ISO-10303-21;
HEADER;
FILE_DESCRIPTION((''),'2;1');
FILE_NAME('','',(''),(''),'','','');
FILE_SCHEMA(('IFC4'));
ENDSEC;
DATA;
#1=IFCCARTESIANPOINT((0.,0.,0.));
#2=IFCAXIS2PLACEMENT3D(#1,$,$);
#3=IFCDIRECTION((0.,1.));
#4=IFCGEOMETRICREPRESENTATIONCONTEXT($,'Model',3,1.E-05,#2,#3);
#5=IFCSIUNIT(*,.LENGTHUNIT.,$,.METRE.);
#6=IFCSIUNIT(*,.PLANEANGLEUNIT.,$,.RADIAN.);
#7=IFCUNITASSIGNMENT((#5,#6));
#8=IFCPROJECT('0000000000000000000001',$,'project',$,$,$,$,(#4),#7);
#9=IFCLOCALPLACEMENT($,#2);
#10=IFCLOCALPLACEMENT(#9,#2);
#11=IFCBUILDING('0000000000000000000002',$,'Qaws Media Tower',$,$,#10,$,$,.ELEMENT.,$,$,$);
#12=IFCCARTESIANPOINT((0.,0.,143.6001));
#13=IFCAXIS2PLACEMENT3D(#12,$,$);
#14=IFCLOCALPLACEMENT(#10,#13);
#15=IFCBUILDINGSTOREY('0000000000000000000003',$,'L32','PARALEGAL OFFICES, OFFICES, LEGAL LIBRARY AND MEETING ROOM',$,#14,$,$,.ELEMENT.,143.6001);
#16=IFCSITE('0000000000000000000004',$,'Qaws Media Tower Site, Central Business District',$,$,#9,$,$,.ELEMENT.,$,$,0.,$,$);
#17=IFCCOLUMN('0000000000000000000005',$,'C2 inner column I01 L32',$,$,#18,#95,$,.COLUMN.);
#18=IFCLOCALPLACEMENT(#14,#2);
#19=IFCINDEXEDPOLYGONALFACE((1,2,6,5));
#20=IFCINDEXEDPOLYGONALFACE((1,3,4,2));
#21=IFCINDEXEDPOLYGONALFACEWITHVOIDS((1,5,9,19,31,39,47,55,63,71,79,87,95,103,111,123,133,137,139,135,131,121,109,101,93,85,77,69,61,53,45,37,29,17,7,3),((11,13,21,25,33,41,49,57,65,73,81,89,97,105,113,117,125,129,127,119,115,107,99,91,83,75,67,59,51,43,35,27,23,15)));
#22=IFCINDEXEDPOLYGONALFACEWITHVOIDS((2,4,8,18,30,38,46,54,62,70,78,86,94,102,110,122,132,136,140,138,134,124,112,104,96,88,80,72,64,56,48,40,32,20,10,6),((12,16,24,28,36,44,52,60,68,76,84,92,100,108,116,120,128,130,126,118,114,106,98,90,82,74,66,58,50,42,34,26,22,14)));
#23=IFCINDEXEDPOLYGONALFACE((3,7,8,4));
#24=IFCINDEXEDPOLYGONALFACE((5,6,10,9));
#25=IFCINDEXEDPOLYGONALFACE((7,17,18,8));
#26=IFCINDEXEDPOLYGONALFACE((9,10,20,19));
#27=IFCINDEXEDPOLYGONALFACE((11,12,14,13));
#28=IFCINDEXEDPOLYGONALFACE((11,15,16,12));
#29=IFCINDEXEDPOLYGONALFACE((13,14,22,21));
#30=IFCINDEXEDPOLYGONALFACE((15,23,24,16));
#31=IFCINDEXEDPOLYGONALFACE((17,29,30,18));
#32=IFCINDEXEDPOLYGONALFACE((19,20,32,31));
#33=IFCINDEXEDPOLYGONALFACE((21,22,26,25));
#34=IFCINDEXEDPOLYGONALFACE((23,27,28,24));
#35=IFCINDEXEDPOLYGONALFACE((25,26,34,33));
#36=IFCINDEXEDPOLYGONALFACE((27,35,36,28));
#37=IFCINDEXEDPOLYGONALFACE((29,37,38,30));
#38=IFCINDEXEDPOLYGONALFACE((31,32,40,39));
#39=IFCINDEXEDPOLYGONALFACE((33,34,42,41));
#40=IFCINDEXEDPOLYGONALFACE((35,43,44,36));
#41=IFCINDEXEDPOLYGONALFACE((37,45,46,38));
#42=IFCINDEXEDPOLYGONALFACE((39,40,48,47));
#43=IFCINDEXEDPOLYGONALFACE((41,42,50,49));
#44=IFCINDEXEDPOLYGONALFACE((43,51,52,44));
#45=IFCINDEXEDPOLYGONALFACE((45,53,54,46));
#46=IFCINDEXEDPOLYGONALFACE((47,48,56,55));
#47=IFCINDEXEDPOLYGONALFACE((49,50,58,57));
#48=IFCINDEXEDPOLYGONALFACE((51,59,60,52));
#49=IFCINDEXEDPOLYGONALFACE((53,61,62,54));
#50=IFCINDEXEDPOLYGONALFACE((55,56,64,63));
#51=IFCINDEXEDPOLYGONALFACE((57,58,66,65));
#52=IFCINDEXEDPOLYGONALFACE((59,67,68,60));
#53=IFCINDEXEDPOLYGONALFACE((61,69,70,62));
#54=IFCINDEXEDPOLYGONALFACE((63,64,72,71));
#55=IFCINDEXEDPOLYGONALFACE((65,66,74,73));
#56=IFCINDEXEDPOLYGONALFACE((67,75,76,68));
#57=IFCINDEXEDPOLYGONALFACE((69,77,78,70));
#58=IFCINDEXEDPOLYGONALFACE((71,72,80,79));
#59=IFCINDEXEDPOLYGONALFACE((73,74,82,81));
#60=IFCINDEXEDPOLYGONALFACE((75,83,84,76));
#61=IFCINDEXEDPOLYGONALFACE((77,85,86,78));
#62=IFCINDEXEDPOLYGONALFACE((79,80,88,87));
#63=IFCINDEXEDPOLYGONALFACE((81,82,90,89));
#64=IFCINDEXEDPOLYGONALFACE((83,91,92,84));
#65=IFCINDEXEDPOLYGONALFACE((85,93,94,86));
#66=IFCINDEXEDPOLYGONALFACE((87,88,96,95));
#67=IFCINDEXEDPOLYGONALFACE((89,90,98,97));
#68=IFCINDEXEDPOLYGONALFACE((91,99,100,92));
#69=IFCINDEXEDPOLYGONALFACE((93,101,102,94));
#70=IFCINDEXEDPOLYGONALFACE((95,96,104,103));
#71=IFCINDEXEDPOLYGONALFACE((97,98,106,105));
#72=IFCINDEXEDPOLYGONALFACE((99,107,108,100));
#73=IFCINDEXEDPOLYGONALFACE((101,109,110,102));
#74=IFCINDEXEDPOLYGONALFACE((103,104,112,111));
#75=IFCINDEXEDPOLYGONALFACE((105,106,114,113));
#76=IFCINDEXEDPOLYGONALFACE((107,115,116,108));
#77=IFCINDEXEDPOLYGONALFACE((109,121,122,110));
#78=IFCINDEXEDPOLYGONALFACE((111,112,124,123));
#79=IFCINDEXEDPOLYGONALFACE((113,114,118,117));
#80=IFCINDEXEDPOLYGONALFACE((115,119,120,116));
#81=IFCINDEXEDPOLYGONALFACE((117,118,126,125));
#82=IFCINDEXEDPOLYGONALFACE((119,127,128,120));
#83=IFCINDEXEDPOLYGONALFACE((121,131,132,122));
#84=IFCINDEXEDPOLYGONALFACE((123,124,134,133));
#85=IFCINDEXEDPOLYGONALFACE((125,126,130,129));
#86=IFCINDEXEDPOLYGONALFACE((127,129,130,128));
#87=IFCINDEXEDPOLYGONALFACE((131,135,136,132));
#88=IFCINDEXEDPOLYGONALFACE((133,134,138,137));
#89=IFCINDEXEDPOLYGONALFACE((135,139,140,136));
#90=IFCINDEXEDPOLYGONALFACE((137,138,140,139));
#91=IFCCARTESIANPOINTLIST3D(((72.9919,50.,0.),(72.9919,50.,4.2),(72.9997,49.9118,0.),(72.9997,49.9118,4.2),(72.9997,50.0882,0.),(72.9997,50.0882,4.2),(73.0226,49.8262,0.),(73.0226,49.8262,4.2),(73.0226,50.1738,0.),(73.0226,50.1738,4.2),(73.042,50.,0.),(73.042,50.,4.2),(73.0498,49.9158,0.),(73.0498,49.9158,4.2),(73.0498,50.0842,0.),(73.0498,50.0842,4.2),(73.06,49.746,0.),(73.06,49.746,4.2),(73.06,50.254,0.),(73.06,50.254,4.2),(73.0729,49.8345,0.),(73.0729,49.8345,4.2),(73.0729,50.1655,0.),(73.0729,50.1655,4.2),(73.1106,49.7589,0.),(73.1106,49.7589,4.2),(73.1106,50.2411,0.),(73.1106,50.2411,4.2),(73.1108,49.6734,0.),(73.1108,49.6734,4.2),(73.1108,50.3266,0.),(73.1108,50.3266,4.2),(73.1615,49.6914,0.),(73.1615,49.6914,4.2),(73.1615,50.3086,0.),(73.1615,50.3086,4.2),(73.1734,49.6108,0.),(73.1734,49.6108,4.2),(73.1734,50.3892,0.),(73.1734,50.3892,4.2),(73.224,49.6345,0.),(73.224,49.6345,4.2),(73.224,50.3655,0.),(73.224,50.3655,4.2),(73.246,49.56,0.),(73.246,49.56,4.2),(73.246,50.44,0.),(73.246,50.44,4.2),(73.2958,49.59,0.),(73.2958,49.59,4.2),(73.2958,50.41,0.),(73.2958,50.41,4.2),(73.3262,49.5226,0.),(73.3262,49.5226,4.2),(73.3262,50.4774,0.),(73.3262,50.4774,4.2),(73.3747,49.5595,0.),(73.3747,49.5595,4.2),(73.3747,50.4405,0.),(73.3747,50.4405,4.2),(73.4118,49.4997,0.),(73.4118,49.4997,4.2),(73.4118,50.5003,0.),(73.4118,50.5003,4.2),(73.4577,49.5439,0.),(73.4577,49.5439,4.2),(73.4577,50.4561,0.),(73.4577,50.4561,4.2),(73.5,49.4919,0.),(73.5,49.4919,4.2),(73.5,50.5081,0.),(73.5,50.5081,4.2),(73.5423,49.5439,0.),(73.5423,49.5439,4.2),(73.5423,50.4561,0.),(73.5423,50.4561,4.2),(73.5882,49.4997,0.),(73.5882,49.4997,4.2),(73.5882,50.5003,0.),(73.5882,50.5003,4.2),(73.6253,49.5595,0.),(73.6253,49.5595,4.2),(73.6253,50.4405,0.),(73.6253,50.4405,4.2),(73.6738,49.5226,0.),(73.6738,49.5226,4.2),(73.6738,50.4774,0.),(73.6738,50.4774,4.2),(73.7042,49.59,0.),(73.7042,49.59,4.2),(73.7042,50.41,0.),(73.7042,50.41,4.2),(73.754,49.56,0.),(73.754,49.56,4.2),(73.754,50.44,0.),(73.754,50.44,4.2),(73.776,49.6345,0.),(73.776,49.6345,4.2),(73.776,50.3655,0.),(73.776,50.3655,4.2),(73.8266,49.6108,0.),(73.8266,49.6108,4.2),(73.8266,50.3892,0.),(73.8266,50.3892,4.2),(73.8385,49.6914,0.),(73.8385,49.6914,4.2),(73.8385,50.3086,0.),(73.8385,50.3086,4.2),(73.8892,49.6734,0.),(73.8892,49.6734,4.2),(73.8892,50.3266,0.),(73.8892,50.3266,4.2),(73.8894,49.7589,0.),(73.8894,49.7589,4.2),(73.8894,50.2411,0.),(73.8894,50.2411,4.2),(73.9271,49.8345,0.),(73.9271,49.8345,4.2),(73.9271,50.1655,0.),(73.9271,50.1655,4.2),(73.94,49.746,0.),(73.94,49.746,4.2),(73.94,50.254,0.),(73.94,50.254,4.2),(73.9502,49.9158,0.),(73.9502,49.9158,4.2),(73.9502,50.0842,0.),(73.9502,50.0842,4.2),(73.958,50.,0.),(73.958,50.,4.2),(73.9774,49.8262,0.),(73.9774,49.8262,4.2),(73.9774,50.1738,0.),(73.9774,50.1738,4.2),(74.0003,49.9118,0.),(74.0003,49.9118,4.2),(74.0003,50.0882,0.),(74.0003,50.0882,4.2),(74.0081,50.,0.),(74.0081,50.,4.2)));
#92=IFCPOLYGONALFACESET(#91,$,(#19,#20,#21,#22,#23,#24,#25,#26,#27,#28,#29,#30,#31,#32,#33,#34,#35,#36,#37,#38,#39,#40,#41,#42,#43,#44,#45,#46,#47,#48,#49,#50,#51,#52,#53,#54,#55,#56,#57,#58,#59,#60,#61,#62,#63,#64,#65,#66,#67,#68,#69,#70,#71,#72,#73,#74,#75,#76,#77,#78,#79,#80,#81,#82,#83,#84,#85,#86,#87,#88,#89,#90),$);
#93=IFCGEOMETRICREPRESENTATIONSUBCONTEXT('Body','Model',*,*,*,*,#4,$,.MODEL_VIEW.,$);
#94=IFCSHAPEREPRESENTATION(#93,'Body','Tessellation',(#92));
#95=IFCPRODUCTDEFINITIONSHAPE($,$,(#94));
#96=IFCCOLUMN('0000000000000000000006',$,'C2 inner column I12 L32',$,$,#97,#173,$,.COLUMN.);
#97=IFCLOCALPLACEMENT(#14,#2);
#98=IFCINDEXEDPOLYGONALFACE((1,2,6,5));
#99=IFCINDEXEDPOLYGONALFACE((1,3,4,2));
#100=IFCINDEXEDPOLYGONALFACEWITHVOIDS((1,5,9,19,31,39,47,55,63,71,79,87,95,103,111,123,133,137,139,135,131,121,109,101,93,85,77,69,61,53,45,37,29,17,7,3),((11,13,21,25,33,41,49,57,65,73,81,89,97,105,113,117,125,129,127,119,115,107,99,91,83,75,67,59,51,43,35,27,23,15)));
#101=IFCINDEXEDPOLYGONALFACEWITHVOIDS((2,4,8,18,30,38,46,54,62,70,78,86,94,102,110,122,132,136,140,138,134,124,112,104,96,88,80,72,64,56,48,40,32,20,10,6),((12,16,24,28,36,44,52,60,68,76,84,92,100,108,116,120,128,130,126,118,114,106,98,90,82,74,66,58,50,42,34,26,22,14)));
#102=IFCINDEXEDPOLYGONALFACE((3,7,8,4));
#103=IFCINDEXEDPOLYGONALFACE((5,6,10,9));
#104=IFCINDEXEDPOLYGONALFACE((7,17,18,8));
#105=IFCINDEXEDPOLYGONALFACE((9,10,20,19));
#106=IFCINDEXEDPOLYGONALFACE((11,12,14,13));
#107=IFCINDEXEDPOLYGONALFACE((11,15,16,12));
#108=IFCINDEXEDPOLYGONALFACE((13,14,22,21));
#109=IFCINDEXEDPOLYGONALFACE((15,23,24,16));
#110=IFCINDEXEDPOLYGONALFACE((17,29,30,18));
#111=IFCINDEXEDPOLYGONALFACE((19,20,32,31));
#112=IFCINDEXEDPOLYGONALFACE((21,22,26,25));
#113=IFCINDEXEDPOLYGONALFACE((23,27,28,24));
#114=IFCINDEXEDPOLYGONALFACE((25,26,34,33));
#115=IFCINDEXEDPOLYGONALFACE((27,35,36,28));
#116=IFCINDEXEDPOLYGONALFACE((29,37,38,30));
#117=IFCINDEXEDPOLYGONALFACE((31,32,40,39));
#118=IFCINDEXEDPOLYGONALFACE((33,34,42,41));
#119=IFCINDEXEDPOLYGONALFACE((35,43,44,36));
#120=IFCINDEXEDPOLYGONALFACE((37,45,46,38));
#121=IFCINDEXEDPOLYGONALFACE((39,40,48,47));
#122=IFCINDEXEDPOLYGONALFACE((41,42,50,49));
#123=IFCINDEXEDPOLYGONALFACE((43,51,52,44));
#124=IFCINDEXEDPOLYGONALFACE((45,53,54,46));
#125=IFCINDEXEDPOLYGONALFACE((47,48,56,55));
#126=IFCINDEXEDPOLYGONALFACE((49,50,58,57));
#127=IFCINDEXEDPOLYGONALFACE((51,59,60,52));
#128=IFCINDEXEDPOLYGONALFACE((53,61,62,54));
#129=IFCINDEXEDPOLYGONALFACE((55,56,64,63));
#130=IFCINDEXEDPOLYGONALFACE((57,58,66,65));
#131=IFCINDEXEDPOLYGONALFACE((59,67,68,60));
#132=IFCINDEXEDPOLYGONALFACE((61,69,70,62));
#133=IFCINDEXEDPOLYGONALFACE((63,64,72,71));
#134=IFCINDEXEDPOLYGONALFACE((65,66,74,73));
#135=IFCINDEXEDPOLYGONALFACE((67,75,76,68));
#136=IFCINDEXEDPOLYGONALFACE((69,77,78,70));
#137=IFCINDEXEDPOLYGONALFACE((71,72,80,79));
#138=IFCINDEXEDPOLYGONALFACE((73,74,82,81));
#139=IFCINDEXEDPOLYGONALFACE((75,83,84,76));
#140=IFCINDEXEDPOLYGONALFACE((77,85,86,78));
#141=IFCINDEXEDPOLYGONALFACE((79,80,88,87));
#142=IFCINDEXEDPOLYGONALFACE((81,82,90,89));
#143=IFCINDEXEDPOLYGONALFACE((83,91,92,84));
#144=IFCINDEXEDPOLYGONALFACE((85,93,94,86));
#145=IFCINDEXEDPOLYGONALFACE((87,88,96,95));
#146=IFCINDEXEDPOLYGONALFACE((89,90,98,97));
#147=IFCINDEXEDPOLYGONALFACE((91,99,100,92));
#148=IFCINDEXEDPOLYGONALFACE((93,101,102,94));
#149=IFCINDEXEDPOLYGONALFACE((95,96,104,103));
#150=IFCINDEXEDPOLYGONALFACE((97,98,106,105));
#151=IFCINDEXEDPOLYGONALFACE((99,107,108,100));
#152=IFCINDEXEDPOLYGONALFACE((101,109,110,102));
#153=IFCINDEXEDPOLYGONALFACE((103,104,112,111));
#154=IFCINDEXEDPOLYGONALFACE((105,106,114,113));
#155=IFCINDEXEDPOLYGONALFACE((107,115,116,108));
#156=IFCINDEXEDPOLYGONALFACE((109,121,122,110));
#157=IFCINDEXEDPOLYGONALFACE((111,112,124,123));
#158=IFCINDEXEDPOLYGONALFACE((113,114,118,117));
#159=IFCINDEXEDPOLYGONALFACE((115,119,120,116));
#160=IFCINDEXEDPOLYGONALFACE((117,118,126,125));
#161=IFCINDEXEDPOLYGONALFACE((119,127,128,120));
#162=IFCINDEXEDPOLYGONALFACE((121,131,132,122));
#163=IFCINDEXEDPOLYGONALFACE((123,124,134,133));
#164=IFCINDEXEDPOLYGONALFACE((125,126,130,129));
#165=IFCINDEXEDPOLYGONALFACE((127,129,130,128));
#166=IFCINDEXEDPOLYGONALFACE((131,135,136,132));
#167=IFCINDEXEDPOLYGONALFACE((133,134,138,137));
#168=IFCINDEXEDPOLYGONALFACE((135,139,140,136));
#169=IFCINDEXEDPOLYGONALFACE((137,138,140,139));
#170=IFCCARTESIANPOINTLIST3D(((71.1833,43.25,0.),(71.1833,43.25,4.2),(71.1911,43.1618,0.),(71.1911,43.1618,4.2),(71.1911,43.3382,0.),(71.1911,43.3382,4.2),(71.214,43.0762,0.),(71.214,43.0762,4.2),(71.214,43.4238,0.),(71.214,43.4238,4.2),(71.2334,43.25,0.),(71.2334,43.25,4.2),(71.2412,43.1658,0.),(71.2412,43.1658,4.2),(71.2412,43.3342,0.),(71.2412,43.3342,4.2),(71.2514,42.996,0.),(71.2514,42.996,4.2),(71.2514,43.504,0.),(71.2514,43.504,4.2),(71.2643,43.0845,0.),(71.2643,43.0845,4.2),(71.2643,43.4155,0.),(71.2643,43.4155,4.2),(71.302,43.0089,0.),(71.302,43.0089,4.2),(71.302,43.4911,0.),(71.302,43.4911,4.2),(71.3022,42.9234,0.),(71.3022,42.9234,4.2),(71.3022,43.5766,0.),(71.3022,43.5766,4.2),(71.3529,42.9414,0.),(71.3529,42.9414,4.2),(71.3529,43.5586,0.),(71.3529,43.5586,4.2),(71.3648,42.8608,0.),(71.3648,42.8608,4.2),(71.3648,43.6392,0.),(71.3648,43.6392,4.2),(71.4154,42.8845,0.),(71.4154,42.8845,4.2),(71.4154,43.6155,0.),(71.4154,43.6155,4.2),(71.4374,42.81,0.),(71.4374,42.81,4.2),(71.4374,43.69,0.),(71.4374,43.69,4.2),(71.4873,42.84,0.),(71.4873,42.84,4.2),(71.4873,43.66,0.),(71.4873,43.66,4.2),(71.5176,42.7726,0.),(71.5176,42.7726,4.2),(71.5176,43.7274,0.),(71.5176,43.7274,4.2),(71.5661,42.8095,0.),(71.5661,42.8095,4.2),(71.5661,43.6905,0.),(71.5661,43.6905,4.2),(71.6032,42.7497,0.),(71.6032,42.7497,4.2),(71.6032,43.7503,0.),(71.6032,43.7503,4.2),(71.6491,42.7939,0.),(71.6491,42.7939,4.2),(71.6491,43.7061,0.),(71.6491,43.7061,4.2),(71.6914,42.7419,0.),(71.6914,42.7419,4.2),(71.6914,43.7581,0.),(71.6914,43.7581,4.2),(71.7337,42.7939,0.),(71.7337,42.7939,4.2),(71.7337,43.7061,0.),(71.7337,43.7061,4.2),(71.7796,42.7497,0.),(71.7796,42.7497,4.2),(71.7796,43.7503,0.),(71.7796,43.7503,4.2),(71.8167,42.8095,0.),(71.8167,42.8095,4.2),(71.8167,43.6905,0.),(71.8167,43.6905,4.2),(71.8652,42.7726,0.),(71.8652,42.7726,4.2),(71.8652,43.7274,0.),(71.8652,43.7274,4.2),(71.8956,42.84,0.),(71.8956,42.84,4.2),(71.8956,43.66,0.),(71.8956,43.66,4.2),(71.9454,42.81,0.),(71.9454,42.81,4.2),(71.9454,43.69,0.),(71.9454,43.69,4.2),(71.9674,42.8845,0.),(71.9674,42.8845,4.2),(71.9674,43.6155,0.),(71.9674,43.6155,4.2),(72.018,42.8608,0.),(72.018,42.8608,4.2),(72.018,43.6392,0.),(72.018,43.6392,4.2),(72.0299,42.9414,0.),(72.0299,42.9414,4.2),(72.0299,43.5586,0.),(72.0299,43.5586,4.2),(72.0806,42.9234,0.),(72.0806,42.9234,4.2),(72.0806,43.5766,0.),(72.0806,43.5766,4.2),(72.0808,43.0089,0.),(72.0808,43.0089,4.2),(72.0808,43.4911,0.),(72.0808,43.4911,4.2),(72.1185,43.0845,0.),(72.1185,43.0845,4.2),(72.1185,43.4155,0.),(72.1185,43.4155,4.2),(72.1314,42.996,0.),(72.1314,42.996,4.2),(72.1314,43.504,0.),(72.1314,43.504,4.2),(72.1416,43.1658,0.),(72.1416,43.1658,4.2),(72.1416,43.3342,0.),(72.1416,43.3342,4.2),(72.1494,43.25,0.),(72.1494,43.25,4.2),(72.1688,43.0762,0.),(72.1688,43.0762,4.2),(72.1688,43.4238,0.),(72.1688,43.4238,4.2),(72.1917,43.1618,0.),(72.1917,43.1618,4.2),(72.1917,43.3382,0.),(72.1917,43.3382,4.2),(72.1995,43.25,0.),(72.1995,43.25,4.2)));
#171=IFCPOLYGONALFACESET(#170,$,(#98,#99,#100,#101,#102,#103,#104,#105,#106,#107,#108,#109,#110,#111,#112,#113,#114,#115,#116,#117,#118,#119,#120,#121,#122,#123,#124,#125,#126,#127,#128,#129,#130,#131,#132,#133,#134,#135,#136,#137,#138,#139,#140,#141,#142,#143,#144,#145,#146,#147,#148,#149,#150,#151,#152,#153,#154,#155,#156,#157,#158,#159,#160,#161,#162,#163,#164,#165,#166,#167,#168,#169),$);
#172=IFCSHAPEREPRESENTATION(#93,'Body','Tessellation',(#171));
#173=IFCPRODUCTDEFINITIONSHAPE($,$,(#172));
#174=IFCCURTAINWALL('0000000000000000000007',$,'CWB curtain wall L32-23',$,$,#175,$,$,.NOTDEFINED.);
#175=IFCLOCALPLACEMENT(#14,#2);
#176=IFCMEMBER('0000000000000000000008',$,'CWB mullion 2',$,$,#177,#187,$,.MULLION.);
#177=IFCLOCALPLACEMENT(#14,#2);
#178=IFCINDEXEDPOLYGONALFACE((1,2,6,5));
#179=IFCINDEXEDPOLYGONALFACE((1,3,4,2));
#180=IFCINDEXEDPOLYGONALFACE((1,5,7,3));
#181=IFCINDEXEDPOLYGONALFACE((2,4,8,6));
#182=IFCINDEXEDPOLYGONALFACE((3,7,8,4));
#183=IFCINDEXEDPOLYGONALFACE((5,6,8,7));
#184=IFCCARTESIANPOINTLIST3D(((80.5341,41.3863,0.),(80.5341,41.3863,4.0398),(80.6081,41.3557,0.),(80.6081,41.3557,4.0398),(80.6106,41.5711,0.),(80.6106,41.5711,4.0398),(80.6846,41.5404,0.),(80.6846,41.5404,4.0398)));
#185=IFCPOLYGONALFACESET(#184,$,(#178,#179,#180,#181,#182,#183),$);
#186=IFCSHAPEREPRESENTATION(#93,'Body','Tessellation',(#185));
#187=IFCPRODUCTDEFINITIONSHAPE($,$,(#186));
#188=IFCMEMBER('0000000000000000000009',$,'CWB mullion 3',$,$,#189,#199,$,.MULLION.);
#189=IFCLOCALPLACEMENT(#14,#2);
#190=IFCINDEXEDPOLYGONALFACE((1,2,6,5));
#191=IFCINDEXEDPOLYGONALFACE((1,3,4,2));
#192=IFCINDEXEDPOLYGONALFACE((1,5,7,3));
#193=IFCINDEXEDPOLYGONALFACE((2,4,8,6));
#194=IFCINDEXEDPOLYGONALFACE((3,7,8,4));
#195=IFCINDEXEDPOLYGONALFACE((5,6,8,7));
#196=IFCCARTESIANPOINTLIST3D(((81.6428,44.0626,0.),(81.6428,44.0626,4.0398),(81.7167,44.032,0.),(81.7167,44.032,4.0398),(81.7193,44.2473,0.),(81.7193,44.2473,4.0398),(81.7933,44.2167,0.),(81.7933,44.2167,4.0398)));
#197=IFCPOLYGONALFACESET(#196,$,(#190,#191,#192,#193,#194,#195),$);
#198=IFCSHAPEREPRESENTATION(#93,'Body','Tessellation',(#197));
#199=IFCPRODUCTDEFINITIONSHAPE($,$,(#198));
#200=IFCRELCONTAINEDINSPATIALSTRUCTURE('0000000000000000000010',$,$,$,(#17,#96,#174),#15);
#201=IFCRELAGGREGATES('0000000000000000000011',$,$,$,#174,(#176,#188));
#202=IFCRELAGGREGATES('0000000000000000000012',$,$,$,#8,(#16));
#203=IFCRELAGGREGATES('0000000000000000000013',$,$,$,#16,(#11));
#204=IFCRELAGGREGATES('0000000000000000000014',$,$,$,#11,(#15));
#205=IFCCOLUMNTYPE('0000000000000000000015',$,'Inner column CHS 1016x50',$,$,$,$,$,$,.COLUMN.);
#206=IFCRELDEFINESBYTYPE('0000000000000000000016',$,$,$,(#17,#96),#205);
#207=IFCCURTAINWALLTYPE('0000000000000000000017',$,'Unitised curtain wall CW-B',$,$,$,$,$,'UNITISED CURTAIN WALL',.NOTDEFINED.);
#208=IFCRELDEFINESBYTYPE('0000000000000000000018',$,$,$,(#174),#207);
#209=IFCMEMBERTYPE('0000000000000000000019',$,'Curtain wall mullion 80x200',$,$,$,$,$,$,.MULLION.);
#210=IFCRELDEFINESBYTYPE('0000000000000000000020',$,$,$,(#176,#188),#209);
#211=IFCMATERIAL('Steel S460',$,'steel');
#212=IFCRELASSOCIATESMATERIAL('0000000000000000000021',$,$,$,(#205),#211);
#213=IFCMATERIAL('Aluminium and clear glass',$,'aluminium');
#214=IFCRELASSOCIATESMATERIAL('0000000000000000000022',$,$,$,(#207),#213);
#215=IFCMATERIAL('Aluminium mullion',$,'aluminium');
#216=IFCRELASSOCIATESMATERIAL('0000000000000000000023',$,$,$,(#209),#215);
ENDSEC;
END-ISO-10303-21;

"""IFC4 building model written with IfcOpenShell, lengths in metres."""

from ifc_helpers import new_model, si_unit, direction, frame, origin, origin_2d, place, context, subcontext, project, spatial, rectangle, hollow_circle, extrude, material, material_profile, profile_set, type_object, element, aggregate, save


model = new_model("IFC4")

# Units and contexts
model_context = context("Model", 3, precision=1e-05, world=origin(), true_north=direction((0.0, 1.0)))
body_context = subcontext(model_context, "Body", "Model", "MODEL_VIEW")
ifc_project = project(units=[si_unit("LENGTHUNIT", "METRE"), si_unit("PLANEANGLEUNIT", "RADIAN")], contexts=[model_context])

# Site, building, storey
site_placement = place(None, origin())
site = spatial("IfcSite", under=ifc_project, at=site_placement, Name="Qaws Media Tower Site, Central Business District", CompositionType="ELEMENT", RefElevation=0.0)
building_placement = place(site_placement, origin())
building = spatial("IfcBuilding", under=site, at=building_placement, Name="Qaws Media Tower", CompositionType="ELEMENT")
storey_placement = place(building_placement, frame((0.0, 0.0, 143.6001)))
storey = spatial("IfcBuildingStorey", under=building, at=storey_placement, Name="L32", Description="PARALEGAL OFFICES, OFFICES, LEGAL LIBRARY AND MEETING ROOM", CompositionType="ELEMENT", Elevation=143.6001)

# Columns
ifc_material_1 = material(Name="Steel S460", Category="steel")
ifc_material_profile_1 = material_profile(ifc_material_1, hollow_circle(Radius=0.5081, WallThickness=0.05, at=origin_2d()), Name="CHS 1016x50")
ifc_profile_set_1 = profile_set([ifc_material_profile_1], Name="Steel S460")
column_type = type_object("IfcColumnType", Name="Inner column CHS 1016x50", PredefinedType="COLUMN", material=ifc_profile_set_1)
for number, where, z_axis, x_axis, name in (
    (1, (73.5, 50.0, 0.0), (0.0, 0.0, 1.0), (1.0, 0.0, 0.0), "C2 inner column I01 L32"),
    (2, (71.6914, 43.25, 0.0), (0.0, 0.0, 1.0), (1.0, 0.0, 0.0), "C2 inner column I12 L32"),
):
    element("IfcColumn", number, at=place(storey_placement, frame(where, z_axis=z_axis, x_axis=x_axis)), inside=storey, type_object=column_type, Name=name, PredefinedType="COLUMN", context=body_context, shape_type="SweptSolid", body=[
        extrude(hollow_circle(Radius=0.5081, WallThickness=0.05, at=origin_2d()), origin(), (0.0, 0.0, 1.0), 4.2),
    ])

# Curtain wall, members
ifc_material_2 = material(Name="Aluminium and clear glass", Category="aluminium")
curtain_wall_type = type_object("IfcCurtainWallType", Name="Unitised curtain wall CW-B", ElementType="UNITISED CURTAIN WALL", PredefinedType="NOTDEFINED", material=ifc_material_2)
curtain_wall_1_placement = place(storey_placement, origin())
curtain_wall_1 = element("IfcCurtainWall", 3, at=curtain_wall_1_placement, inside=storey, type_object=curtain_wall_type, Name="CWB curtain wall L32-23", PredefinedType="NOTDEFINED")
ifc_material_3 = material(Name="Aluminium mullion", Category="aluminium")
ifc_material_profile_2 = material_profile(ifc_material_3, rectangle(XDim=0.0801, YDim=0.2, at=origin_2d()), Name="80x200")
ifc_profile_set_2 = profile_set([ifc_material_profile_2], Name="Aluminium mullion")
member_type_1 = type_object("IfcMemberType", Name="Curtain wall mullion 80x200", PredefinedType="MULLION", material=ifc_profile_set_2)
member_1_placement = place(storey_placement, frame((80.6094, 41.4634, 0.0), z_axis=(0.0, 0.0, 1.0), x_axis=(-0.92388, 0.382683, 0.0)))
member_1 = element("IfcMember", 4, at=member_1_placement, type_object=member_type_1, Name="CWB mullion 2", PredefinedType="MULLION", context=body_context, shape_type="SweptSolid", body=[
    extrude(rectangle(XDim=0.0801, YDim=0.2, at=origin_2d()), origin(), (0.0, 0.0, 1.0), 4.0398),
])
member_2_placement = place(storey_placement, frame((81.718, 44.1396, 0.0), z_axis=(0.0, 0.0, 1.0), x_axis=(-0.92388, 0.382683, 0.0)))
member_2 = element("IfcMember", 5, at=member_2_placement, type_object=member_type_1, Name="CWB mullion 3", PredefinedType="MULLION", context=body_context, shape_type="SweptSolid", body=[
    extrude(rectangle(XDim=0.0801, YDim=0.2, at=origin_2d()), origin(), (0.0, 0.0, 1.0), 4.0398),
])

aggregate(curtain_wall_1, [member_1, member_2])

save(model, "model.ifc")
